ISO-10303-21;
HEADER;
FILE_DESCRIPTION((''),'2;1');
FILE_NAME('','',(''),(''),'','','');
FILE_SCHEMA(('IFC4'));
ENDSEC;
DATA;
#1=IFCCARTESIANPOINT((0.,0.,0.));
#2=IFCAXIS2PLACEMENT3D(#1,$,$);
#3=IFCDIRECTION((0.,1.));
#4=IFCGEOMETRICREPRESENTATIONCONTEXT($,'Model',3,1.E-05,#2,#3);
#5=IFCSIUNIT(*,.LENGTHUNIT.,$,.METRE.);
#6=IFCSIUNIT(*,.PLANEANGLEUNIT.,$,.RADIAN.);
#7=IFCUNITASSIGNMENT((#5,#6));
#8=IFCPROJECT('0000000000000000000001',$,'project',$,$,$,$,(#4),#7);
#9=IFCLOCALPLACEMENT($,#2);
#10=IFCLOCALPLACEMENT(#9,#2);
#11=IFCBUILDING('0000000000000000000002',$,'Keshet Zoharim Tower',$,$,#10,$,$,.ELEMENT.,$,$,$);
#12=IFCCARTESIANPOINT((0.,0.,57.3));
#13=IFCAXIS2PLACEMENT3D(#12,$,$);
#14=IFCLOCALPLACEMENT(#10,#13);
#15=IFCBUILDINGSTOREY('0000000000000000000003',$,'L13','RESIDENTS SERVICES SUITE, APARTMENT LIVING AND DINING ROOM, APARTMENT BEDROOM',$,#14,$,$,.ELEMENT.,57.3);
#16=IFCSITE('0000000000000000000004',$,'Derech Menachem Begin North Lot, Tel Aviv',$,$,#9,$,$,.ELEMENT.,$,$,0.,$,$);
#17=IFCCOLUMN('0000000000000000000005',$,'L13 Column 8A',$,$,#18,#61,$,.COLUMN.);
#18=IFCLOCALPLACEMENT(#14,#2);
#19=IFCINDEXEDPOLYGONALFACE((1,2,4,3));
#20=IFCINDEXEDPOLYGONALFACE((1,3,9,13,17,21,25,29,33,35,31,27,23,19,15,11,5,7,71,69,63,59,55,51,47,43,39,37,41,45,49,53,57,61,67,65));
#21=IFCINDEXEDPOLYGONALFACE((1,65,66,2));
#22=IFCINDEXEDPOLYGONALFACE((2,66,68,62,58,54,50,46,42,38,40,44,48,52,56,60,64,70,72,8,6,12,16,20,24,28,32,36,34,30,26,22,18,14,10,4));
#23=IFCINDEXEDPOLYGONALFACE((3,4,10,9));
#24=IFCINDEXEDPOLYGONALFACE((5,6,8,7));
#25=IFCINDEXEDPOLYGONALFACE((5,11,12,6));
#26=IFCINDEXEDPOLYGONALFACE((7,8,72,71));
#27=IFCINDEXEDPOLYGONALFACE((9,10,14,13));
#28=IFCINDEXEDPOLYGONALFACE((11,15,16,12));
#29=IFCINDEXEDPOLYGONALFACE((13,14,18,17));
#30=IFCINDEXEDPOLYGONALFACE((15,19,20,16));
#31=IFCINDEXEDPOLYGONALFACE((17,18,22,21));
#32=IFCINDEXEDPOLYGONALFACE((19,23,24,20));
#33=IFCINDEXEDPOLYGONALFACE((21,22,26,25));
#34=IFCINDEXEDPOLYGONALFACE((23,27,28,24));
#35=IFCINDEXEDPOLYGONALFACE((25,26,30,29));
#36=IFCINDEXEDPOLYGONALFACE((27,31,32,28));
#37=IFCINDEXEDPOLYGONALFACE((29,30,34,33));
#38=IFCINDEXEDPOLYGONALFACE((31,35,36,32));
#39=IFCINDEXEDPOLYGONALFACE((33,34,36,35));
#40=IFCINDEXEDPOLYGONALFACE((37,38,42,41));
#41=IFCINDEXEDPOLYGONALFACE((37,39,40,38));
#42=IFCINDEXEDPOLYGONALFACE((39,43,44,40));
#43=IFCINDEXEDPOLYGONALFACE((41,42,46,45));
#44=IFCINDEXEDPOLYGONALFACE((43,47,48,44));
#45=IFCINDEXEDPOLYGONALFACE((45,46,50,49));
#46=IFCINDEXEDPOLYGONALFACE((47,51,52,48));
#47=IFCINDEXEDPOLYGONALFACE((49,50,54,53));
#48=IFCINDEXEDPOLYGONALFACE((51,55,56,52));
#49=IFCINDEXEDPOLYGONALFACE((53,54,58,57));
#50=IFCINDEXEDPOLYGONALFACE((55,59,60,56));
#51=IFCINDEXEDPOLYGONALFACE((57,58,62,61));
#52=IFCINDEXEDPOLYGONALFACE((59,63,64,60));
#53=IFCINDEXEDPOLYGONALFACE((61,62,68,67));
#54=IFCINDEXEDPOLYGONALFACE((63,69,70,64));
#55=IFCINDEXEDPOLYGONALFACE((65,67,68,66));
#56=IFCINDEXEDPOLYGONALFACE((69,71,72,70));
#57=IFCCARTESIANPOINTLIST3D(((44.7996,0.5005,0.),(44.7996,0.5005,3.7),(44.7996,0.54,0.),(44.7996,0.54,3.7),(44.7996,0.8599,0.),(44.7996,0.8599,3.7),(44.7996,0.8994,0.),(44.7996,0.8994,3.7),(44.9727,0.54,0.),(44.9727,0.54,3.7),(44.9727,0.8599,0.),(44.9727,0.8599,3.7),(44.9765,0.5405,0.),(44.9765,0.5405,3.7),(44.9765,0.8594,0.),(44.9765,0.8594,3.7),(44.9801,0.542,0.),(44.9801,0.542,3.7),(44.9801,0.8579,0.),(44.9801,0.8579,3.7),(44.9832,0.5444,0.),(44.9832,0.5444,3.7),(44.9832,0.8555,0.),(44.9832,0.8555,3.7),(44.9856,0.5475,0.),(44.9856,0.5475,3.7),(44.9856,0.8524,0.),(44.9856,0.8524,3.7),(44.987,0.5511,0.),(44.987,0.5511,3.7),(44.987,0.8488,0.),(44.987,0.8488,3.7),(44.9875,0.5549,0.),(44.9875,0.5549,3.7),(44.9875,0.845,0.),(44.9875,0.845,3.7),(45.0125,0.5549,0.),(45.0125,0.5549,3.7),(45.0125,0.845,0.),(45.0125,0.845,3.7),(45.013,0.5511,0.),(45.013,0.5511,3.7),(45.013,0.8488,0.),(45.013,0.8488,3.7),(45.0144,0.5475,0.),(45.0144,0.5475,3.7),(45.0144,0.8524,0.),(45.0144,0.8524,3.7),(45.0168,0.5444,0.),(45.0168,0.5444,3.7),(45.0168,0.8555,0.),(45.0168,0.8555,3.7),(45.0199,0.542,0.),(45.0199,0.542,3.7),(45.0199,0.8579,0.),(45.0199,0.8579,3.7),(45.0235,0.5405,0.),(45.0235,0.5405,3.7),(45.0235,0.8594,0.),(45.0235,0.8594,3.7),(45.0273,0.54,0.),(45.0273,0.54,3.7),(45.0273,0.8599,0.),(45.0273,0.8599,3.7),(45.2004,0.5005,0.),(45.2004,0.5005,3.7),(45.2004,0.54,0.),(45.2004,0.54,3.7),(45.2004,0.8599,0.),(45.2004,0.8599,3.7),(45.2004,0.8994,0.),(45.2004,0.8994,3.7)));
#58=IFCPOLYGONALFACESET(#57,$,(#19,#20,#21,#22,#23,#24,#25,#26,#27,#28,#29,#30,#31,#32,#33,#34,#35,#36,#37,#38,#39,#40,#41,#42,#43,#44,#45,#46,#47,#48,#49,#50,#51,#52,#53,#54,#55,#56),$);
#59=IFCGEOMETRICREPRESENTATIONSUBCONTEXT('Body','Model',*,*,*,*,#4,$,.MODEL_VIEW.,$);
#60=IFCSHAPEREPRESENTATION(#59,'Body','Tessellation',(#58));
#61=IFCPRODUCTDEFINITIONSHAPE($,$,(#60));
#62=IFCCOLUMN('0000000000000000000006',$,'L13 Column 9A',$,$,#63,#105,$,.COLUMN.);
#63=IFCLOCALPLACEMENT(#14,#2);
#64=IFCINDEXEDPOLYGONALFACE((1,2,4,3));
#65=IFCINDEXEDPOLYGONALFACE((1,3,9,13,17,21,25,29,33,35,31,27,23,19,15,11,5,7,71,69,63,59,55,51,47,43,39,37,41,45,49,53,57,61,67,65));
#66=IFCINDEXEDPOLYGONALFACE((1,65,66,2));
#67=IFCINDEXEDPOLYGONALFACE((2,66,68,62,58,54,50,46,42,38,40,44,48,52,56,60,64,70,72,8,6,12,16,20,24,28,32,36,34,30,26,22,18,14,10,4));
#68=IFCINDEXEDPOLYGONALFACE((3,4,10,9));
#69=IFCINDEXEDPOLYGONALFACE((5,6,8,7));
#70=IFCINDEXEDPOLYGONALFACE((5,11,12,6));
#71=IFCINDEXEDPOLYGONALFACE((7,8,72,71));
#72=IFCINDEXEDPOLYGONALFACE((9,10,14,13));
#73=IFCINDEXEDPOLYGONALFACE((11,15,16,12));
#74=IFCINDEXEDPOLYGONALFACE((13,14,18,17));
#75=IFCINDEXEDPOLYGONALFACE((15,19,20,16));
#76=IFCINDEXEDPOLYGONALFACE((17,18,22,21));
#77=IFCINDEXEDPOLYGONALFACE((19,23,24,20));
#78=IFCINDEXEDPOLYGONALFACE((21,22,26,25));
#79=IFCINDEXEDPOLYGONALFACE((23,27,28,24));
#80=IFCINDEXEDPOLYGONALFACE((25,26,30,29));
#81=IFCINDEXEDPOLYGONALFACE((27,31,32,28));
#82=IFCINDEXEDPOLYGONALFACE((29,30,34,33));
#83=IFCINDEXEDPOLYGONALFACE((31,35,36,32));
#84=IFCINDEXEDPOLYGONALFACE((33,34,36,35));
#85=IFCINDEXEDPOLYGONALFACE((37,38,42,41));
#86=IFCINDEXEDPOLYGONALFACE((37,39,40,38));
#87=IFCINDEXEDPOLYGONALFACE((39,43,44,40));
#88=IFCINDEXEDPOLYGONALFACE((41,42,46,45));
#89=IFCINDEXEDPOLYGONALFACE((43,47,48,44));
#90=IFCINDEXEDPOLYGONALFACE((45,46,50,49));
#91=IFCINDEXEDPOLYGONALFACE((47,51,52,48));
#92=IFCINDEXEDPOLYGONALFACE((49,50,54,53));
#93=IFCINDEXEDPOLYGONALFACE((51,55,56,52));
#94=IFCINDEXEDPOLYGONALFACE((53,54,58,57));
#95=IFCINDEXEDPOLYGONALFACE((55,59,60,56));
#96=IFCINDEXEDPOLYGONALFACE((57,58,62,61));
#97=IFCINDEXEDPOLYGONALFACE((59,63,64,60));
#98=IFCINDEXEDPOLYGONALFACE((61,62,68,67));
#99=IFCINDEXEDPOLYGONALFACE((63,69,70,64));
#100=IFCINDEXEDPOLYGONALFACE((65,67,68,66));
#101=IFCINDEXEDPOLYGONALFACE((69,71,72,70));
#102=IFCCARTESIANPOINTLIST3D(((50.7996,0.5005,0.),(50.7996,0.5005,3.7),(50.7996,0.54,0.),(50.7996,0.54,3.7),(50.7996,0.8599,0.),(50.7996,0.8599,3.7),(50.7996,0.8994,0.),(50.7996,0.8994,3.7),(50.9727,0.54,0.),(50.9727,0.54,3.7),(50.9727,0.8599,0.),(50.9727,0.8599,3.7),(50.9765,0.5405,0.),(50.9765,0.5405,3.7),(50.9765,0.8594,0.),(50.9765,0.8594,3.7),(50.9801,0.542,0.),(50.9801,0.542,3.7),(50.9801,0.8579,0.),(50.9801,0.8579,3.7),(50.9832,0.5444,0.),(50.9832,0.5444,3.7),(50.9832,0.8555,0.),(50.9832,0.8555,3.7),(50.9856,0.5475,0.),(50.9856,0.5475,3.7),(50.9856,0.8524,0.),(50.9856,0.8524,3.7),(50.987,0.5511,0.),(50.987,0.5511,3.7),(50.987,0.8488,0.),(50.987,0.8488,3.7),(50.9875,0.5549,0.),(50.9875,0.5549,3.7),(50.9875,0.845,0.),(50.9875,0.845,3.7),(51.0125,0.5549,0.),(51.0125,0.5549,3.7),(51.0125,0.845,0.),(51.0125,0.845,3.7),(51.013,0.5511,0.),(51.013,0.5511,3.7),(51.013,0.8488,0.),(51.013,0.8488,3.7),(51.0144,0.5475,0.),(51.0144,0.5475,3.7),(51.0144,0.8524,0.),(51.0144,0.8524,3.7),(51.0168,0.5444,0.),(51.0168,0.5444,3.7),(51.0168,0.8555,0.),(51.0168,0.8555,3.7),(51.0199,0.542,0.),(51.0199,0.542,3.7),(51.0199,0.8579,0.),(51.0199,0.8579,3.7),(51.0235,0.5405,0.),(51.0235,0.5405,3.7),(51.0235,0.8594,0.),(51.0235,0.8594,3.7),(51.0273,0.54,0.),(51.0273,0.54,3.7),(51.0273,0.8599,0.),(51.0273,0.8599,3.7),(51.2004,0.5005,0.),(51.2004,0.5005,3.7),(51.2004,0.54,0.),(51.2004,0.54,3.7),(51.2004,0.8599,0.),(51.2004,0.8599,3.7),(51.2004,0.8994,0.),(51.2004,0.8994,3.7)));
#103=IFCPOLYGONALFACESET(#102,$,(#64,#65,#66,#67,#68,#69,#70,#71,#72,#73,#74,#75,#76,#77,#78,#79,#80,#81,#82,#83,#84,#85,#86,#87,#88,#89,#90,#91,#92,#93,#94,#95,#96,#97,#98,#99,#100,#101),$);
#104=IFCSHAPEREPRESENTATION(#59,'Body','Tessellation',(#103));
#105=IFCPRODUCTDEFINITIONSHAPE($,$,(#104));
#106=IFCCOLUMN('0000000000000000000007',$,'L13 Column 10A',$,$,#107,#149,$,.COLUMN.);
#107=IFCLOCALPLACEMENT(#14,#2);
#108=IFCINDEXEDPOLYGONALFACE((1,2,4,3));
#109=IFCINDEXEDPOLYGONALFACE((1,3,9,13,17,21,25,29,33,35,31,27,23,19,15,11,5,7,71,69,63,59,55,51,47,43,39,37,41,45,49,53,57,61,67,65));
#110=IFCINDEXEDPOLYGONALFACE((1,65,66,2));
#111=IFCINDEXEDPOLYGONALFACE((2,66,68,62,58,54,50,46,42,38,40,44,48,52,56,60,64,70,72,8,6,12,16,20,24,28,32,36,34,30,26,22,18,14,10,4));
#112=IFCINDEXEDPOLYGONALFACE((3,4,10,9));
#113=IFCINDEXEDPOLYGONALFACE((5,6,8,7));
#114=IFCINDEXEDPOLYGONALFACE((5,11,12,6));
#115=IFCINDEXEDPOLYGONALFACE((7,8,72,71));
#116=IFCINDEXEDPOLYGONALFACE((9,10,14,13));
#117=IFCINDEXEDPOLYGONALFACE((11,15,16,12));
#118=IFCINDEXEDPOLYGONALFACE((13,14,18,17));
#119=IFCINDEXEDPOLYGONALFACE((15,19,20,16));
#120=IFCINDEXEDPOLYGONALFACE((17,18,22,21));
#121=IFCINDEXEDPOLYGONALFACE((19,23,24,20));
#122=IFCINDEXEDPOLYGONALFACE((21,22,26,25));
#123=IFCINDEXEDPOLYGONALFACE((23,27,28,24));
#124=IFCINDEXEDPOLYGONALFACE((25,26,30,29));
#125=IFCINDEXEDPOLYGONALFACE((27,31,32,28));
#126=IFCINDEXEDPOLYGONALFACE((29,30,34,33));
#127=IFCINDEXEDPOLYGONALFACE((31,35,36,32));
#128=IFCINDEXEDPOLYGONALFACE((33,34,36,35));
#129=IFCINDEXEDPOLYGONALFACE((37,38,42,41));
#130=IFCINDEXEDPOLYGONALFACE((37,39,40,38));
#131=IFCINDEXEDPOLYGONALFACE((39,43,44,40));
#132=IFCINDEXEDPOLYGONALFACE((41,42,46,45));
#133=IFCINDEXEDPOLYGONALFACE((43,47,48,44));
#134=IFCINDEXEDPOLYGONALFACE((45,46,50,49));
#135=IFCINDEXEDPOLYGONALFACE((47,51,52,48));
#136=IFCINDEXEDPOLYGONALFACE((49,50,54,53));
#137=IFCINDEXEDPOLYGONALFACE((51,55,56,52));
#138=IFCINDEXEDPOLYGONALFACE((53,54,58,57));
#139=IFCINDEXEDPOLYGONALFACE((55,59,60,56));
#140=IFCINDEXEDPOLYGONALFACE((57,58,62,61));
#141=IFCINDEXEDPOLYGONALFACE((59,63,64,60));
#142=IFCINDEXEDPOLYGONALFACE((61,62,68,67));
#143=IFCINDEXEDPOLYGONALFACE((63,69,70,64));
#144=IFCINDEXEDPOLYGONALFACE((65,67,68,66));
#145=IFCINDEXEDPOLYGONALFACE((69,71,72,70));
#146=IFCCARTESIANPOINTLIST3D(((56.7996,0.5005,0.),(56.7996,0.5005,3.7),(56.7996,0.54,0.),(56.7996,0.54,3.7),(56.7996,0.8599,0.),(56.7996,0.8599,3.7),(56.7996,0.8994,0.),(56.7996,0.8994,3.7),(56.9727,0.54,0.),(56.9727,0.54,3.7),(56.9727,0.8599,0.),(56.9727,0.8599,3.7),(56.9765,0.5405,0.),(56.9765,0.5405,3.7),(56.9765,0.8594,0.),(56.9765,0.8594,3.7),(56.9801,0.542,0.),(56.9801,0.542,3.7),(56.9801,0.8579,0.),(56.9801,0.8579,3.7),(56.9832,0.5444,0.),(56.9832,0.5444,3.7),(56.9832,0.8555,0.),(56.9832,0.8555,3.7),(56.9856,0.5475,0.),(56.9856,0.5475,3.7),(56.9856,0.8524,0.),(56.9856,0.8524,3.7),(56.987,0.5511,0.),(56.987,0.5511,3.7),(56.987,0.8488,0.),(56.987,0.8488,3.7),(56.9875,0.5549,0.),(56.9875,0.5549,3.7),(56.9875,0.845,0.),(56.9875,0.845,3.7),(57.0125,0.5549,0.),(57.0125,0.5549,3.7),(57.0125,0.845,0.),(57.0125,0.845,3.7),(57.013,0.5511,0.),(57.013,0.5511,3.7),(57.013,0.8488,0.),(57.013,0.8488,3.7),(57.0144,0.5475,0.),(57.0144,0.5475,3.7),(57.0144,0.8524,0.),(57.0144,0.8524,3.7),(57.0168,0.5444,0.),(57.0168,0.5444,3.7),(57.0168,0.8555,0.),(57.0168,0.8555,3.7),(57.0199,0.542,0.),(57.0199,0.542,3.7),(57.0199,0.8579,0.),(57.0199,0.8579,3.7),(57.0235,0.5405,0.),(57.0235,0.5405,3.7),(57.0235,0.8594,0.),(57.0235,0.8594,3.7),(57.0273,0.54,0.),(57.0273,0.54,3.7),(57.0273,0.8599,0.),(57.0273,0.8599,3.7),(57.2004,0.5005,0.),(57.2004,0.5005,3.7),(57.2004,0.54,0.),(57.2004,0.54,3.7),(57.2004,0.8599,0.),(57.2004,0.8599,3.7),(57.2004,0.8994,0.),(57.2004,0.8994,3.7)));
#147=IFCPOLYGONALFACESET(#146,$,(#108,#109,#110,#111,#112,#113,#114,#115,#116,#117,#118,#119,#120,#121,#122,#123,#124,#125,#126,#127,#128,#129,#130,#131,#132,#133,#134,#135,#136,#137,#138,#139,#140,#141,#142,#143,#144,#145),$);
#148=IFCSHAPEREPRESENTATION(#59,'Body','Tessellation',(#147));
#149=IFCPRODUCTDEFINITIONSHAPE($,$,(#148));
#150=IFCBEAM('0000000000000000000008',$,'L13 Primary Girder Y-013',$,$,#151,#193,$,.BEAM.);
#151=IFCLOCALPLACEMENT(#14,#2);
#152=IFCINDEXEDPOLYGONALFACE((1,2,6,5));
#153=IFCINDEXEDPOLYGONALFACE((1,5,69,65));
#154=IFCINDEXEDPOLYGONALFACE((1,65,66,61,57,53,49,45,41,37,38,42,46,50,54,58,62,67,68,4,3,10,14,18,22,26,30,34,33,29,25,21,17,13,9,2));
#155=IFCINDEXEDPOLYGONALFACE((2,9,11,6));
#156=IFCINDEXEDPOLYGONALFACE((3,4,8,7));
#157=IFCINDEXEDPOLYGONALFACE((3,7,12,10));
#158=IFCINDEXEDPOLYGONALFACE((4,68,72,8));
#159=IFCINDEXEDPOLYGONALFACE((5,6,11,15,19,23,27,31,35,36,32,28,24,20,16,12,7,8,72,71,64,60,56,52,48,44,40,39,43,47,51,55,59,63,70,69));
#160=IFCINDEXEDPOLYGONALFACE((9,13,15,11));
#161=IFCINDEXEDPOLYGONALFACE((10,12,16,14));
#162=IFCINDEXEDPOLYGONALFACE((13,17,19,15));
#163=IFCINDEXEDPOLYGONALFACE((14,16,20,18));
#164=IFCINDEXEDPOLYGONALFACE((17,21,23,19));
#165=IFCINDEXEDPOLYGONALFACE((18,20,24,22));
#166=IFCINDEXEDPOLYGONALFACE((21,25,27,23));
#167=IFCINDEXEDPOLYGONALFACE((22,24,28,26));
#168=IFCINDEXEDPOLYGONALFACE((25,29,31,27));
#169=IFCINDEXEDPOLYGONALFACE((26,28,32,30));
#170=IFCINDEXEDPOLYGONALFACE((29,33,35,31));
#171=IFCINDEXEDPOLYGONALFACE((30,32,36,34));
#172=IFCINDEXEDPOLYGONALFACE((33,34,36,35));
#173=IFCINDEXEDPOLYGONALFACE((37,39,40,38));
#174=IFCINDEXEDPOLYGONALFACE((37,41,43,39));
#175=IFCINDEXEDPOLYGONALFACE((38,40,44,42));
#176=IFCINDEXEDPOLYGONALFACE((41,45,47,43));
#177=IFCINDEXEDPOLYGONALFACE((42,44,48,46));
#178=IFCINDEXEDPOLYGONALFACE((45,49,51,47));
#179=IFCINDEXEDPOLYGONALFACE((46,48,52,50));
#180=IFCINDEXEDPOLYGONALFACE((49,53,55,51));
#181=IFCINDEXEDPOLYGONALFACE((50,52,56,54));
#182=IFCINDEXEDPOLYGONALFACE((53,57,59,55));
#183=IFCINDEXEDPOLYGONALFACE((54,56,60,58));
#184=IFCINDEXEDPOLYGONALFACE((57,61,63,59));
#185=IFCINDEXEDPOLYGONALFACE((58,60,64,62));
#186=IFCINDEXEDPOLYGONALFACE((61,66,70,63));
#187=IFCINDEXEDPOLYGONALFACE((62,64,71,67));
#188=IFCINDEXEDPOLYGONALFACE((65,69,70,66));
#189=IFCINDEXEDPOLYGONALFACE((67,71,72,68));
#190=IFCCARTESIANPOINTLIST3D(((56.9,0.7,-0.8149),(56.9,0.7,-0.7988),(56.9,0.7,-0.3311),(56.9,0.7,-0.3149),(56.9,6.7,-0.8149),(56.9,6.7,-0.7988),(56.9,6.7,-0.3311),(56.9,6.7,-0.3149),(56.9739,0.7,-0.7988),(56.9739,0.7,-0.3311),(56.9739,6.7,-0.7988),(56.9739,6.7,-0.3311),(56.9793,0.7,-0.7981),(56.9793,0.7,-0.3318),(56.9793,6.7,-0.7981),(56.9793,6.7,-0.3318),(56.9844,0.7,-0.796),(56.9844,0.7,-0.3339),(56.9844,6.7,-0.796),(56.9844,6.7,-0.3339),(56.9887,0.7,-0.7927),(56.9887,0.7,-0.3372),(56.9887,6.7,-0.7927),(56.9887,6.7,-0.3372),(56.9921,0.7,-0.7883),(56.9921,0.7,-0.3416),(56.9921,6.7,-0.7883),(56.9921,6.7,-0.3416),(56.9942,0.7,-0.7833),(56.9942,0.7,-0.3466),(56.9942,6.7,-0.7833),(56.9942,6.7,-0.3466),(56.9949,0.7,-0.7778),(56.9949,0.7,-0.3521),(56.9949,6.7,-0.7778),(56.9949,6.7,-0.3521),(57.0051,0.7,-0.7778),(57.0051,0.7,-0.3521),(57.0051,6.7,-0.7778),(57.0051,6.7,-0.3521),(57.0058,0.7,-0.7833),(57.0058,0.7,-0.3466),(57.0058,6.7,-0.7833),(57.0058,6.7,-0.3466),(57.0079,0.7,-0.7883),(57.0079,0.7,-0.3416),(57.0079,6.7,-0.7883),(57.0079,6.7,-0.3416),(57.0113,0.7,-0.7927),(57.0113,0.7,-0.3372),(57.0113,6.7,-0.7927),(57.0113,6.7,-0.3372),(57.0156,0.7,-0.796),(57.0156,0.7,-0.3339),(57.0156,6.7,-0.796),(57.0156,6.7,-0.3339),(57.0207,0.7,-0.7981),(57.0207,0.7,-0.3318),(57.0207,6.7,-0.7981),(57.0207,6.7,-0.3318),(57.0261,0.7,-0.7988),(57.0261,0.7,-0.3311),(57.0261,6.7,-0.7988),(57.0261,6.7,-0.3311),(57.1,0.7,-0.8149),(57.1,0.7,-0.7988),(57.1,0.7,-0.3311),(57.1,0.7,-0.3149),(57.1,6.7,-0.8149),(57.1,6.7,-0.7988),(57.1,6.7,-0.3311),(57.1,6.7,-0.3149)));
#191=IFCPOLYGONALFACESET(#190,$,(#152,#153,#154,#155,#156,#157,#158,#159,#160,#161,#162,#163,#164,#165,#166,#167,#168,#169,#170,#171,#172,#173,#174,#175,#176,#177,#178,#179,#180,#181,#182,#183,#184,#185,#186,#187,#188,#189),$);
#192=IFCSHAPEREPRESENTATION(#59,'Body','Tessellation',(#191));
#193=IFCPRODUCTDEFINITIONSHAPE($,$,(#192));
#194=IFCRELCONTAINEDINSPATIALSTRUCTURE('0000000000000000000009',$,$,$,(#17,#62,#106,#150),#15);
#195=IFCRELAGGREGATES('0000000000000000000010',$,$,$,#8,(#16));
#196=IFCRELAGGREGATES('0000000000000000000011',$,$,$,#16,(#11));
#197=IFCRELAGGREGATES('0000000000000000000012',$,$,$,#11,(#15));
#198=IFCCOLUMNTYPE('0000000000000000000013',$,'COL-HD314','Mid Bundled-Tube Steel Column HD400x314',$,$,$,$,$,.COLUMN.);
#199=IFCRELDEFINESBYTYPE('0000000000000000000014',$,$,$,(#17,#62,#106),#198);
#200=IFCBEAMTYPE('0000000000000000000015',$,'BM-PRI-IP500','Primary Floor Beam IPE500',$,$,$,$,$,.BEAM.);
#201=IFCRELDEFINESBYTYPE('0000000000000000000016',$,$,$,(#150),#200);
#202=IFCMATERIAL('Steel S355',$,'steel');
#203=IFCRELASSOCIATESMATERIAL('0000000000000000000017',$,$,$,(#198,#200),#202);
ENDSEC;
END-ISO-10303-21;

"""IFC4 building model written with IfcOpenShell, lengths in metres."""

from ifc_helpers import new_model, si_unit, direction, frame, origin, origin_2d, place, context, subcontext, project, spatial, i_section, extrude, material, material_profile, profile_set, type_object, element, save


model = new_model("IFC4")

# Units and contexts
model_context = context("Model", 3, precision=1e-05, world=origin(), true_north=direction((0.0, 1.0)))
body_context = subcontext(model_context, "Body", "Model", "MODEL_VIEW")
ifc_project = project(units=[si_unit("LENGTHUNIT", "METRE"), si_unit("PLANEANGLEUNIT", "RADIAN")], contexts=[model_context])

# Site, building, storey
site_placement = place(None, origin())
site = spatial("IfcSite", under=ifc_project, at=site_placement, Name="Derech Menachem Begin North Lot, Tel Aviv", CompositionType="ELEMENT", RefElevation=0.0)
building_placement = place(site_placement, origin())
building = spatial("IfcBuilding", under=site, at=building_placement, Name="Keshet Zoharim Tower", CompositionType="ELEMENT")
storey_placement = place(building_placement, frame((0.0, 0.0, 57.3)))
storey = spatial("IfcBuildingStorey", under=building, at=storey_placement, Name="L13", Description="RESIDENTS SERVICES SUITE, APARTMENT LIVING AND DINING ROOM, APARTMENT BEDROOM", CompositionType="ELEMENT", Elevation=57.3)

# Columns
ifc_material_1 = material(Name="Steel S355", Category="steel")
ifc_material_profile_1 = material_profile(ifc_material_1, i_section(OverallWidth=0.4009, OverallDepth=0.3989, WebThickness=0.0249, FlangeThickness=0.0396, FilletRadius=0.0149, at=origin_2d()), Name="HD400x314")
ifc_profile_set_1 = profile_set([ifc_material_profile_1], Name="Steel S355")
column_type = type_object("IfcColumnType", Name="COL-HD314", Description="Mid Bundled-Tube Steel Column HD400x314", PredefinedType="COLUMN", material=ifc_profile_set_1)
for number, where, z_axis, x_axis, name in (
    (1, (45.0, 0.7, 0.0), (0.0, 0.0, 1.0), (1.0, 0.0, 0.0), "L13 Column 8A"),
    (2, (51.0, 0.7, 0.0), (0.0, 0.0, 1.0), (1.0, 0.0, 0.0), "L13 Column 9A"),
    (3, (57.0, 0.7, 0.0), (0.0, 0.0, 1.0), (1.0, 0.0, 0.0), "L13 Column 10A"),
):
    element("IfcColumn", number, at=place(storey_placement, frame(where, z_axis=z_axis, x_axis=x_axis)), inside=storey, type_object=column_type, Name=name, PredefinedType="COLUMN", context=body_context, shape_type="SweptSolid", body=[
        extrude(i_section(OverallWidth=0.4009, OverallDepth=0.3989, WebThickness=0.0249, FlangeThickness=0.0396, FilletRadius=0.0149, at=origin_2d()), origin(), (0.0, 0.0, 1.0), 3.7),
    ])

# Beam
ifc_material_profile_2 = material_profile(ifc_material_1, i_section(OverallWidth=0.2, OverallDepth=0.5, WebThickness=0.0103, FlangeThickness=0.0161, FilletRadius=0.021, at=origin_2d()), Name="IPE500")
ifc_profile_set_2 = profile_set([ifc_material_profile_2], Name="Steel S355")
beam_type_1 = type_object("IfcBeamType", Name="BM-PRI-IP500", Description="Primary Floor Beam IPE500", PredefinedType="BEAM", material=ifc_profile_set_2)
beam_placement = place(storey_placement, frame((57.0, 0.7, -0.5649), z_axis=(0.0, 1.0, 0.0), x_axis=(-1.0, 0.0, 0.0)))
element("IfcBeam", 4, at=beam_placement, inside=storey, type_object=beam_type_1, Name="L13 Primary Girder Y-013", PredefinedType="BEAM", context=body_context, shape_type="SweptSolid", body=[
    extrude(i_section(OverallWidth=0.2, OverallDepth=0.5, WebThickness=0.0103, FlangeThickness=0.0161, FilletRadius=0.021, at=origin_2d()), origin(), (0.0, 0.0, 1.0), 6.0),
])

save(model, "model.ifc")
